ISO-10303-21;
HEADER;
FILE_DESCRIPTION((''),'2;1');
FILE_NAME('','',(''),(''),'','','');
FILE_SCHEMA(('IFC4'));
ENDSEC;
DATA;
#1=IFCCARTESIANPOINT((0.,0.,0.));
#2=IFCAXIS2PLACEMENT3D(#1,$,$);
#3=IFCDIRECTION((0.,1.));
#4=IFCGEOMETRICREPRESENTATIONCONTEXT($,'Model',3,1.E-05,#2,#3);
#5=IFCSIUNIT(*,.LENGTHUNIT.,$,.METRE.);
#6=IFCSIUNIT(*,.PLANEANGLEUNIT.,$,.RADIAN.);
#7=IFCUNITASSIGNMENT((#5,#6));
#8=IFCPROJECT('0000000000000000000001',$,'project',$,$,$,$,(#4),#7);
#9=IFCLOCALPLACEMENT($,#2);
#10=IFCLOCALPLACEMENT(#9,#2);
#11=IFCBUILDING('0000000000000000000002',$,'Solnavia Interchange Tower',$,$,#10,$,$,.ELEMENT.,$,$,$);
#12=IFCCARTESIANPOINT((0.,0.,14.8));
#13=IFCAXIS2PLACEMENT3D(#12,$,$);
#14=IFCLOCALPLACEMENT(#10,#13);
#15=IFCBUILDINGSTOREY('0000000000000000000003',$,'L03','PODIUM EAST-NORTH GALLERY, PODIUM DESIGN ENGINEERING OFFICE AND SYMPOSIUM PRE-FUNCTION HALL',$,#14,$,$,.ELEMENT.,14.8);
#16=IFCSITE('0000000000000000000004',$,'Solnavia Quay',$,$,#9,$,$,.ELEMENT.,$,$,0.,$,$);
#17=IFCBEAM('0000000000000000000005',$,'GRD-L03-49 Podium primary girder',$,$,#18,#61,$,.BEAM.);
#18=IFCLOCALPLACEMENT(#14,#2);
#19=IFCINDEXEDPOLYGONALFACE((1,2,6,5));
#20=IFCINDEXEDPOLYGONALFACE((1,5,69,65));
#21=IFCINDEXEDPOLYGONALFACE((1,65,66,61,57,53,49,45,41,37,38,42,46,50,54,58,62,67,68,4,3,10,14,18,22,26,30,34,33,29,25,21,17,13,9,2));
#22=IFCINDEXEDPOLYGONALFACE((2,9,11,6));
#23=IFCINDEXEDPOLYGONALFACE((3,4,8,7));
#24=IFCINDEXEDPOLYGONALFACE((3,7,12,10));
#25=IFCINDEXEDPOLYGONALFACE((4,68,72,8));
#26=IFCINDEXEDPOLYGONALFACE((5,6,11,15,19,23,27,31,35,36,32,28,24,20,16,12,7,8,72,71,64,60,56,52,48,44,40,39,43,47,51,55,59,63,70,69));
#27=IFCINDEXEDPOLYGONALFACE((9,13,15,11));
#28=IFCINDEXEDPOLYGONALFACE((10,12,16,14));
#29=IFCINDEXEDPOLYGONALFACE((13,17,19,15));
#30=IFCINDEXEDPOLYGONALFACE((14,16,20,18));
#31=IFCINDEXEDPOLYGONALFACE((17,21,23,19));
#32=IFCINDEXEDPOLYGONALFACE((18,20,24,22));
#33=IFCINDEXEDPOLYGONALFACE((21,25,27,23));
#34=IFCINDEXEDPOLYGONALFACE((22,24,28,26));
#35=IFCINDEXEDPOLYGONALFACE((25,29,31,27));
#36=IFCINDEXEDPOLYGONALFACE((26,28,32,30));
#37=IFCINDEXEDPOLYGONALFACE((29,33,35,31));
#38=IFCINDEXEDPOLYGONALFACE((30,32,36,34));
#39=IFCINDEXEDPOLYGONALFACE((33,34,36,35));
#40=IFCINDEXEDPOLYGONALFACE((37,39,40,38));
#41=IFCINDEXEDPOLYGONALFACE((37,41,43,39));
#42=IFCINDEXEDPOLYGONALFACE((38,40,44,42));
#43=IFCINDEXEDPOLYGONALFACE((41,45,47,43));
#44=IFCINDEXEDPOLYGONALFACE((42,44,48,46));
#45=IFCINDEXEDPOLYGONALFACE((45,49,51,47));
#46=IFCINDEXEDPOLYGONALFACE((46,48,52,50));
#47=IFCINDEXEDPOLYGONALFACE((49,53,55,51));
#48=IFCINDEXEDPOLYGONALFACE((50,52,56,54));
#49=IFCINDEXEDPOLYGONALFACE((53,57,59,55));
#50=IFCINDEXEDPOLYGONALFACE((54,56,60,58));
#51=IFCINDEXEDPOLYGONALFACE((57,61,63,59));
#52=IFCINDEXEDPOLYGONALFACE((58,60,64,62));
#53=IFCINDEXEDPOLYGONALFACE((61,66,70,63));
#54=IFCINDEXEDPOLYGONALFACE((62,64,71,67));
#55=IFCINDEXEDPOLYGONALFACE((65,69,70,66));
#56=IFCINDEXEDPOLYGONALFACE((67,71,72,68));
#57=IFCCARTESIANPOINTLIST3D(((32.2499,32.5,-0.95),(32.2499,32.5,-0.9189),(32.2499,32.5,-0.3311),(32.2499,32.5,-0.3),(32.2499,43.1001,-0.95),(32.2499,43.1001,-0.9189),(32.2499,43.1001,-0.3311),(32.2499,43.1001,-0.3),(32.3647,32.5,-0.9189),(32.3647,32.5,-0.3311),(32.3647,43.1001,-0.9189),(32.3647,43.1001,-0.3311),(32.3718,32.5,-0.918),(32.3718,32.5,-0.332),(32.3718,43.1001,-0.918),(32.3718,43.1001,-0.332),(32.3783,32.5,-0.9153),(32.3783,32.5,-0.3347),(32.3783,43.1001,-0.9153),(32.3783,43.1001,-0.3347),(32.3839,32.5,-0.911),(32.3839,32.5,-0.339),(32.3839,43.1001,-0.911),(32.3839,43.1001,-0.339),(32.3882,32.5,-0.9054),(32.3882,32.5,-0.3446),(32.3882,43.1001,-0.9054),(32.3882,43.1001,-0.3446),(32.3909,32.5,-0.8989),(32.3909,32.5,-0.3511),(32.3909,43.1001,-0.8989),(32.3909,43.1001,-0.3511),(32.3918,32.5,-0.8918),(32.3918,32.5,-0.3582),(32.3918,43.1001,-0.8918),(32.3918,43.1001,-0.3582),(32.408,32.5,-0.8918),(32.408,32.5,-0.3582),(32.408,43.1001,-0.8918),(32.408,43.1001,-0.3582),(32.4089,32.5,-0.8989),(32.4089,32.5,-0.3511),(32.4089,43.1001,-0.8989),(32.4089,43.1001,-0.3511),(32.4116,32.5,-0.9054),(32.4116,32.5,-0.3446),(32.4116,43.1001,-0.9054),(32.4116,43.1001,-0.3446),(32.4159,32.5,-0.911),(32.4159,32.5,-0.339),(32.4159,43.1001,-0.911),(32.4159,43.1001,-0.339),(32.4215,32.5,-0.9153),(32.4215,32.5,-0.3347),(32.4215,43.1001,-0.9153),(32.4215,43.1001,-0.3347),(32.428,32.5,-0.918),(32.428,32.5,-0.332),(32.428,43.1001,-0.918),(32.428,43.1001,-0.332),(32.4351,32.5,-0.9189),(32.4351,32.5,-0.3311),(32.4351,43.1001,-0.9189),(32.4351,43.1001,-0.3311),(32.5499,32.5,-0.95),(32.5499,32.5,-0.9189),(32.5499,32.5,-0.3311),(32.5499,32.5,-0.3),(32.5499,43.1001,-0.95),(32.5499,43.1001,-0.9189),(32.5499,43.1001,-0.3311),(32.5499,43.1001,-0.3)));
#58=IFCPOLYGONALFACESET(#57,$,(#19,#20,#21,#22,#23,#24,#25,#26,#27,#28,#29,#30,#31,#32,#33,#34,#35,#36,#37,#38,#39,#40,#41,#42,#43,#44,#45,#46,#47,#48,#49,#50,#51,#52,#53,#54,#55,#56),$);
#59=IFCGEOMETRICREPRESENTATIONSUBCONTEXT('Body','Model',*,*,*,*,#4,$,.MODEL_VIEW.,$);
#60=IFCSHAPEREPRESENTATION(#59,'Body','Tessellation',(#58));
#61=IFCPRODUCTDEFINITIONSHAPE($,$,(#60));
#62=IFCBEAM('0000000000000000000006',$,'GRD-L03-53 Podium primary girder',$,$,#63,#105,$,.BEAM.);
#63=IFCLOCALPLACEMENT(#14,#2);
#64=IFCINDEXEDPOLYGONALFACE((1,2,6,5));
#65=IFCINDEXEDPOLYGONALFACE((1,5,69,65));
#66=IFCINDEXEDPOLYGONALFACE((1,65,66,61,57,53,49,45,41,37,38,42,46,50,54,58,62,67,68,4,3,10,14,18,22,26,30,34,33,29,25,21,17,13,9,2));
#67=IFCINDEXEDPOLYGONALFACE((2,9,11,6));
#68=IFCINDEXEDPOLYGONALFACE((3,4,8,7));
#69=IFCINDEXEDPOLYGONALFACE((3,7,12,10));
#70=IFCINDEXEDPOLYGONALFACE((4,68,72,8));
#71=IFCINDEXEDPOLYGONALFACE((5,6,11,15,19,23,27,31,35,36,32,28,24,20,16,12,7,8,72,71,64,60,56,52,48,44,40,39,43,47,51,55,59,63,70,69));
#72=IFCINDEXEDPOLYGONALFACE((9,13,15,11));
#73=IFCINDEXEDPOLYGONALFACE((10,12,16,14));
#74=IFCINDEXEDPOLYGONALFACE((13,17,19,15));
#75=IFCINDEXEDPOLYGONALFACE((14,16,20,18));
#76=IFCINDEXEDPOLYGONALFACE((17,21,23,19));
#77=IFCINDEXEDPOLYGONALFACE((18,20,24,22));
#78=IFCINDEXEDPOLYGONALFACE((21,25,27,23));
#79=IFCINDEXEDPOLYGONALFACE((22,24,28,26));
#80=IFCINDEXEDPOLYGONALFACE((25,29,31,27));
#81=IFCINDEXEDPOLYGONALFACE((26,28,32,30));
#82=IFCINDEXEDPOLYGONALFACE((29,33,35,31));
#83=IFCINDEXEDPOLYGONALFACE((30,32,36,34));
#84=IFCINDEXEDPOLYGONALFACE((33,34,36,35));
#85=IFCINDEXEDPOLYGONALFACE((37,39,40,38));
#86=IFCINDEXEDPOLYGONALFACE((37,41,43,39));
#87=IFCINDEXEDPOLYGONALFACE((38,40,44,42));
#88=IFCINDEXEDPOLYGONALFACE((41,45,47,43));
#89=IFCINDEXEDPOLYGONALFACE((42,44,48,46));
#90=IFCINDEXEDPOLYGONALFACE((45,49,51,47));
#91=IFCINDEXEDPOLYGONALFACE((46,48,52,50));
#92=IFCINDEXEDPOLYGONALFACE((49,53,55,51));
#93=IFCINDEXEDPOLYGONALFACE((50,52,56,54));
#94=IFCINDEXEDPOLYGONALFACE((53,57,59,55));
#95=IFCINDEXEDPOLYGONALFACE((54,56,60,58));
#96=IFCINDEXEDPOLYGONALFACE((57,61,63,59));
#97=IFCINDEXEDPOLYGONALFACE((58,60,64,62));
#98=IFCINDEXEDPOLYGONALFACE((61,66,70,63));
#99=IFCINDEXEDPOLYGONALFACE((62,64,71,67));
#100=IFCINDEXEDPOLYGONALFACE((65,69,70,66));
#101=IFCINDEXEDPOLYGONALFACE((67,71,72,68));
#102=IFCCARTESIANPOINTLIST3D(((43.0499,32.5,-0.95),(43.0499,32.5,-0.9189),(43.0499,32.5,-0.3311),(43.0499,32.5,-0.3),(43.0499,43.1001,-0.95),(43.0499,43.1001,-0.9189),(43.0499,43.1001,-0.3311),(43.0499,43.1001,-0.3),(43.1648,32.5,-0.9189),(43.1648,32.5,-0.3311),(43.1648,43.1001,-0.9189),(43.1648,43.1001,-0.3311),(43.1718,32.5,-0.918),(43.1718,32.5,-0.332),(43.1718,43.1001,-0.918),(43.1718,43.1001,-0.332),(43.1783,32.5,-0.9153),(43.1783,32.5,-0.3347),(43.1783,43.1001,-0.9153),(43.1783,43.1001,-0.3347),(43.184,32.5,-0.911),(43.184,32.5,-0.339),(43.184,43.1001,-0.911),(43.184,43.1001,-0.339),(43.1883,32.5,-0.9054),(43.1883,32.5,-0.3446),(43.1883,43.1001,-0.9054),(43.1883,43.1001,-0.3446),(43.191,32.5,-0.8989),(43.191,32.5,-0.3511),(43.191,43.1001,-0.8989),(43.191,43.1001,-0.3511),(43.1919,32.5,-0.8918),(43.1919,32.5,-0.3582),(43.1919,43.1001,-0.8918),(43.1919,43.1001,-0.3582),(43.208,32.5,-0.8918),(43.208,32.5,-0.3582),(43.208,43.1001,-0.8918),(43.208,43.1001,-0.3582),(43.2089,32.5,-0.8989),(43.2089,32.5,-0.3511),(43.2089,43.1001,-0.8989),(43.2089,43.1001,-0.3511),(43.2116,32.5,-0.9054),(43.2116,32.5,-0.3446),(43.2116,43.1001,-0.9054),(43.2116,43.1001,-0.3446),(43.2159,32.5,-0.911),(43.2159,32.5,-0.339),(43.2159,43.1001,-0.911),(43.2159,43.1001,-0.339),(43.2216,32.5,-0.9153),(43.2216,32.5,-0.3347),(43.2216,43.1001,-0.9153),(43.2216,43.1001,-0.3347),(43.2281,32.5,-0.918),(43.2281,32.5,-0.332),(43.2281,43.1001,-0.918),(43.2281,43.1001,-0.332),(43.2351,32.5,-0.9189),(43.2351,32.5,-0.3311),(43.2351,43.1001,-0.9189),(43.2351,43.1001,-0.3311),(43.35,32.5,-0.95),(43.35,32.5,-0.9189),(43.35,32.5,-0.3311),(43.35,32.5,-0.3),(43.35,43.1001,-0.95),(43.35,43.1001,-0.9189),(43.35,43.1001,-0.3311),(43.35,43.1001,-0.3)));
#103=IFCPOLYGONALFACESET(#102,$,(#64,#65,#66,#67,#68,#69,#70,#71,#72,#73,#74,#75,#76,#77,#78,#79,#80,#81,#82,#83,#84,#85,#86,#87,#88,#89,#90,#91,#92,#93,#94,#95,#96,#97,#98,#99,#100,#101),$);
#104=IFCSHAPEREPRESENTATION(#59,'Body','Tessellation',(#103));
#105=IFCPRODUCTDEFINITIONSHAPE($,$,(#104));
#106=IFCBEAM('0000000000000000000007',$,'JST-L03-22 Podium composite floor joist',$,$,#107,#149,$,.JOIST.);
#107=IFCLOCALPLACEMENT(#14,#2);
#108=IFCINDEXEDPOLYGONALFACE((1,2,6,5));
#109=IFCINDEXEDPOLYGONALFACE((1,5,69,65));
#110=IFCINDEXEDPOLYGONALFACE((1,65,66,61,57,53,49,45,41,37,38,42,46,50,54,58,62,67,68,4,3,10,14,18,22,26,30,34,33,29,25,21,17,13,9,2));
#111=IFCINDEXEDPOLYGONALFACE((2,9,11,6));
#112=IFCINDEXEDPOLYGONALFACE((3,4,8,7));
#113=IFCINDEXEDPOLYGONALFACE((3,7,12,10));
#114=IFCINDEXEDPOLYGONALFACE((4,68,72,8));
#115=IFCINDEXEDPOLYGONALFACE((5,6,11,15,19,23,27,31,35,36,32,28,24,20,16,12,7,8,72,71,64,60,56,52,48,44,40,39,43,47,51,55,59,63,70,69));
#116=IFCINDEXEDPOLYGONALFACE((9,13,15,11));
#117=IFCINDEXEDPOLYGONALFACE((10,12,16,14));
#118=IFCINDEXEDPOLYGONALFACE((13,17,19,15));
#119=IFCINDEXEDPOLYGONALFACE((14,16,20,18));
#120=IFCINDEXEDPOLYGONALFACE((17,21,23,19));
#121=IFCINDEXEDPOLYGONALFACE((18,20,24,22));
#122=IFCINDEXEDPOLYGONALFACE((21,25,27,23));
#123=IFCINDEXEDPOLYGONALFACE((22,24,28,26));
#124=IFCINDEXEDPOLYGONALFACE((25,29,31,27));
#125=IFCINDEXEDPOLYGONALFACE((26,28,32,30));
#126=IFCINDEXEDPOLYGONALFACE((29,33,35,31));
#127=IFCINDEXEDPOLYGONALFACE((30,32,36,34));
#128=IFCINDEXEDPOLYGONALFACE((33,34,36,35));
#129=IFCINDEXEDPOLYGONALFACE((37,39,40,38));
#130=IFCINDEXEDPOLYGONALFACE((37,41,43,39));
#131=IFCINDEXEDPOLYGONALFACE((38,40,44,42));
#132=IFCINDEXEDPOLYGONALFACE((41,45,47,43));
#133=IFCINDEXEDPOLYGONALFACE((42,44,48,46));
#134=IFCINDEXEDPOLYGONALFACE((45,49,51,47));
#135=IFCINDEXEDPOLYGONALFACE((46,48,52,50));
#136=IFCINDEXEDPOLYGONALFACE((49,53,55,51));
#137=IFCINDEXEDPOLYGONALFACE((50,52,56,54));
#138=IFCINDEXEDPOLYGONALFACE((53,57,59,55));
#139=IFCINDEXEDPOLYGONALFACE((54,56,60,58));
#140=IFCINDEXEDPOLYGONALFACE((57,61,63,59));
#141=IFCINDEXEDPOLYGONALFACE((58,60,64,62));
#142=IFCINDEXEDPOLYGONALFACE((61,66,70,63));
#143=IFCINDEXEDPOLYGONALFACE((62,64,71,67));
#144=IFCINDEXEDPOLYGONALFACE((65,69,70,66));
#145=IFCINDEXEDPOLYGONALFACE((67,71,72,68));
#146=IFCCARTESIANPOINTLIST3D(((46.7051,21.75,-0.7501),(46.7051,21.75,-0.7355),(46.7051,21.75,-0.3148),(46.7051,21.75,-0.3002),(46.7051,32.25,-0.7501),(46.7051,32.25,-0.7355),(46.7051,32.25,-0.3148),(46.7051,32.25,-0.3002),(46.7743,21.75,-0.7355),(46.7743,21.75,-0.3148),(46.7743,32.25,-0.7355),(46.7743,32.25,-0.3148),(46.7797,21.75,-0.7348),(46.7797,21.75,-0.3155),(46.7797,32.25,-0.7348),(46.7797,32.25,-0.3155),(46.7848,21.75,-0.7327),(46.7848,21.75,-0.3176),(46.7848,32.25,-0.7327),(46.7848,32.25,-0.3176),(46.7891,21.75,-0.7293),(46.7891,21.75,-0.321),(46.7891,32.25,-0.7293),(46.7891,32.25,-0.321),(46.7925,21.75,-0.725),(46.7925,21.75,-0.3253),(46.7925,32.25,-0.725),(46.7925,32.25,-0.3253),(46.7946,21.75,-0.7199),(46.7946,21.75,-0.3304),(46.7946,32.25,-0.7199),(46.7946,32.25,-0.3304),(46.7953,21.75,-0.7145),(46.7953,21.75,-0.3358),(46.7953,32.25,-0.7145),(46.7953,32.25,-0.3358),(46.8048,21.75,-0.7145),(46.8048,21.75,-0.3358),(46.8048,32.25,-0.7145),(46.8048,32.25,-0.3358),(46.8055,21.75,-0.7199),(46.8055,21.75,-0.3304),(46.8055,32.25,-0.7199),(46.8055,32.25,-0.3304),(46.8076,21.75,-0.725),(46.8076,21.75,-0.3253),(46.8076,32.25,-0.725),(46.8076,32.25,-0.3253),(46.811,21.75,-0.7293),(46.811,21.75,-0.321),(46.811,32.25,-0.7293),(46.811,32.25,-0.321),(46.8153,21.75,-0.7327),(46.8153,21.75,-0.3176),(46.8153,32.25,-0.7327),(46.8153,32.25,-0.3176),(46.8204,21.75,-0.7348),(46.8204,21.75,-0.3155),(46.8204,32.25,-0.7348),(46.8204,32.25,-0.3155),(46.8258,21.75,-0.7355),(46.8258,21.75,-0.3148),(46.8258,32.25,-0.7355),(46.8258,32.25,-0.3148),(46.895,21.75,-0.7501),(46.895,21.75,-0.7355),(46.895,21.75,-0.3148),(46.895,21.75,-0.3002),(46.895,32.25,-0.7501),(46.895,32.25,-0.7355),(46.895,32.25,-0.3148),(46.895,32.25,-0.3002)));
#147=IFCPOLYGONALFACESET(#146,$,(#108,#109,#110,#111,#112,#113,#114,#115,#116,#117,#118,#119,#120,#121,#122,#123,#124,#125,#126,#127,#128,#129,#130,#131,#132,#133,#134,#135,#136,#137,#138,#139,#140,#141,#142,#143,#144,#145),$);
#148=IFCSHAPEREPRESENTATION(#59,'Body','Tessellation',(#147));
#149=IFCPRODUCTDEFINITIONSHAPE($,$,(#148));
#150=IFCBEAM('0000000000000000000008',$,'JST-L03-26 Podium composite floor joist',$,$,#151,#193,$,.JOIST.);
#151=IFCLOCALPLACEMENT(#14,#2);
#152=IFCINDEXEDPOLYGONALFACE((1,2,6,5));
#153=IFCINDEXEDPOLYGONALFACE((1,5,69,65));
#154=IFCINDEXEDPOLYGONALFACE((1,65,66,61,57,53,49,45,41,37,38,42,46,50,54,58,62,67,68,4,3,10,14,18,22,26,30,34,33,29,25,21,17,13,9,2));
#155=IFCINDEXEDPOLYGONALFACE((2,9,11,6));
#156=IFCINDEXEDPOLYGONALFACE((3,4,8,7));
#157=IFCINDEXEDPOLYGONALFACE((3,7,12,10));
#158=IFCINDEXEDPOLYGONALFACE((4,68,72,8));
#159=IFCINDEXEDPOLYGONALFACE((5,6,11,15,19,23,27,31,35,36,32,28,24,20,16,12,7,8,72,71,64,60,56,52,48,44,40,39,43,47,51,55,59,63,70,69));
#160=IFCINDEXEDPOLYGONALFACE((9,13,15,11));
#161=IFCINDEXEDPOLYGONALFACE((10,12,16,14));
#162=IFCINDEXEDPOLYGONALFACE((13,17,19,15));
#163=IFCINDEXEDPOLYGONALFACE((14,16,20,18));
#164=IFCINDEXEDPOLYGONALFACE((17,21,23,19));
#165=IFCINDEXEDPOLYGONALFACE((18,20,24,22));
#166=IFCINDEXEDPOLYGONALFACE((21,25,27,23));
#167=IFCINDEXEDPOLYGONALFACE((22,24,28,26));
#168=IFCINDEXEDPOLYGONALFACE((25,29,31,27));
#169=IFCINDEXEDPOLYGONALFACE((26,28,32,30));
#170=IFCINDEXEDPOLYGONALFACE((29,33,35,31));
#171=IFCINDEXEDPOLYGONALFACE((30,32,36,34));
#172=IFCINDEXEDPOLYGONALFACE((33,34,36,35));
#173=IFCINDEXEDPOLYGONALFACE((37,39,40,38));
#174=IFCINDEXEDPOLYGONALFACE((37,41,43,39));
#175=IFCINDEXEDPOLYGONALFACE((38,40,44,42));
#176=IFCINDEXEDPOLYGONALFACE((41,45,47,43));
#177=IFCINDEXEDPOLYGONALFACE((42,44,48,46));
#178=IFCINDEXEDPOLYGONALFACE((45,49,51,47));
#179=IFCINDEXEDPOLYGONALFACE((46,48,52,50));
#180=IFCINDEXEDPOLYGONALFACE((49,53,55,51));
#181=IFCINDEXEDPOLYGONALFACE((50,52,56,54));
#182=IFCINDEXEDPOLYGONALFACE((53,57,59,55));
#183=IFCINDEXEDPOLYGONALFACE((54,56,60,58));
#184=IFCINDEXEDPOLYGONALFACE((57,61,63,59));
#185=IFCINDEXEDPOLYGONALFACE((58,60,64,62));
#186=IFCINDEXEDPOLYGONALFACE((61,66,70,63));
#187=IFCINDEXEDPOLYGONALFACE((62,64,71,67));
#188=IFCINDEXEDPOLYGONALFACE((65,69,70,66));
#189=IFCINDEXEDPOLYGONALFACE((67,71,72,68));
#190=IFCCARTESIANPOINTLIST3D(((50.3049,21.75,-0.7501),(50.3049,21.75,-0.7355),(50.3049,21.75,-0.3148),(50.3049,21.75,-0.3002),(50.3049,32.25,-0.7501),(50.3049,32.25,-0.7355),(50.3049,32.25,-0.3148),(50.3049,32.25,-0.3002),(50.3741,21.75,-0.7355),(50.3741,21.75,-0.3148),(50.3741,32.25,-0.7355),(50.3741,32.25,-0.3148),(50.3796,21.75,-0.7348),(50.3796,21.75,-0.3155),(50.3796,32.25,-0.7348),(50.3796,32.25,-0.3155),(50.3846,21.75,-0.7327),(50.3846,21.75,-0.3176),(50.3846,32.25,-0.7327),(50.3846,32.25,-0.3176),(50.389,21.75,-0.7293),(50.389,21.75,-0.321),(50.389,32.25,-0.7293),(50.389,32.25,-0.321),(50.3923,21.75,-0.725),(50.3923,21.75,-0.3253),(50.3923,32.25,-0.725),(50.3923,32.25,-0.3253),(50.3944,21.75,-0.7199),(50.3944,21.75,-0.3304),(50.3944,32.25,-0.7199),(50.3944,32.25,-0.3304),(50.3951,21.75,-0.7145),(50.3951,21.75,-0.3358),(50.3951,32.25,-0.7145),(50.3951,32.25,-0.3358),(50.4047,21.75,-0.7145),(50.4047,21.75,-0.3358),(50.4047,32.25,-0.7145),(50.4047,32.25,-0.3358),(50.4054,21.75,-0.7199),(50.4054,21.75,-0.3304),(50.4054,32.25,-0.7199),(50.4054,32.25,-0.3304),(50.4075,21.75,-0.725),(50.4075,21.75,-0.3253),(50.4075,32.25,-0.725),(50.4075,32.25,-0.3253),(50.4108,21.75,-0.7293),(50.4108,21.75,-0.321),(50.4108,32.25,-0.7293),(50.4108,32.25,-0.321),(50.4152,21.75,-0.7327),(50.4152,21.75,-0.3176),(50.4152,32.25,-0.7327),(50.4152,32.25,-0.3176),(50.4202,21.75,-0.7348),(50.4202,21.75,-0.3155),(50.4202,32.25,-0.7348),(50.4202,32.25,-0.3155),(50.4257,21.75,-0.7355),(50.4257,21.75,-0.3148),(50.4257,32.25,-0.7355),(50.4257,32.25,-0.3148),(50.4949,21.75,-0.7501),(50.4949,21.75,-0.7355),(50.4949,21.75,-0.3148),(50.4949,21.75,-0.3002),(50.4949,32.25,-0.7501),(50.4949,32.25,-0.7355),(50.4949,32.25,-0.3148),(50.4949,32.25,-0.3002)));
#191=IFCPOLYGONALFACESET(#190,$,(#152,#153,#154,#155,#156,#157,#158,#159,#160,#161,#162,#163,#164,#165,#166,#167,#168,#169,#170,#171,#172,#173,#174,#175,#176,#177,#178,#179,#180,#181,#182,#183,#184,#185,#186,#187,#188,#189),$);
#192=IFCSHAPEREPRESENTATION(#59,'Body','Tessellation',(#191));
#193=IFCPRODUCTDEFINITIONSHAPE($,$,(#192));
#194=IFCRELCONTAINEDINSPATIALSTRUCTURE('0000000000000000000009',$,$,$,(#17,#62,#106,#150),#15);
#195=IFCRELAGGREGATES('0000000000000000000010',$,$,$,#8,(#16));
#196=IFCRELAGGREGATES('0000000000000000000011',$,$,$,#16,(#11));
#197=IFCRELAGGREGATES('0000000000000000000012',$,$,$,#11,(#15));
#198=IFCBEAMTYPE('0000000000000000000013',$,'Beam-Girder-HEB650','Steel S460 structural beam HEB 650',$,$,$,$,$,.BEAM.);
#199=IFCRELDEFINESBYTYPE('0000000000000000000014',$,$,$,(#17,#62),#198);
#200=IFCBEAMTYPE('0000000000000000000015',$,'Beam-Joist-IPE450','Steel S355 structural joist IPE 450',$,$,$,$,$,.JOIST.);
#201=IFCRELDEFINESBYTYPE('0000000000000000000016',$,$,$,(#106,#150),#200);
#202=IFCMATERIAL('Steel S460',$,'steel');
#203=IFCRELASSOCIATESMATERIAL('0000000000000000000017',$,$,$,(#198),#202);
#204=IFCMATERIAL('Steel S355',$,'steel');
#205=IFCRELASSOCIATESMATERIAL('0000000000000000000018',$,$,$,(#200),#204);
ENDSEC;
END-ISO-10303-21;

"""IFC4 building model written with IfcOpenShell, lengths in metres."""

from ifc_helpers import new_model, si_unit, direction, frame, origin, origin_2d, place, context, subcontext, project, spatial, i_section, extrude, material, material_profile, profile_set, type_object, element, save


model = new_model("IFC4")

# Units and contexts
model_context = context("Model", 3, precision=1e-05, world=origin(), true_north=direction((0.0, 1.0)))
body_context = subcontext(model_context, "Body", "Model", "MODEL_VIEW")
ifc_project = project(units=[si_unit("LENGTHUNIT", "METRE"), si_unit("PLANEANGLEUNIT", "RADIAN")], contexts=[model_context])

# Site, building, storey
site_placement = place(None, origin())
site = spatial("IfcSite", under=ifc_project, at=site_placement, Name="Solnavia Quay", CompositionType="ELEMENT", RefElevation=0.0)
building_placement = place(site_placement, origin())
building = spatial("IfcBuilding", under=site, at=building_placement, Name="Solnavia Interchange Tower", CompositionType="ELEMENT")
storey_placement = place(building_placement, frame((0.0, 0.0, 14.8)))
storey = spatial("IfcBuildingStorey", under=building, at=storey_placement, Name="L03", Description="PODIUM EAST-NORTH GALLERY, PODIUM DESIGN ENGINEERING OFFICE AND SYMPOSIUM PRE-FUNCTION HALL", CompositionType="ELEMENT", Elevation=14.8)

# Beams
ifc_material_1 = material(Name="Steel S460", Category="steel")
ifc_material_profile_1 = material_profile(ifc_material_1, i_section(OverallWidth=0.3, OverallDepth=0.6499, WebThickness=0.0161, FlangeThickness=0.031, FilletRadius=0.0271, at=origin_2d()), Name="HEB 650")
ifc_profile_set_1 = profile_set([ifc_material_profile_1], Name="Steel S460")
beam_type_1 = type_object("IfcBeamType", Name="Beam-Girder-HEB650", Description="Steel S460 structural beam HEB 650", PredefinedType="BEAM", material=ifc_profile_set_1)
for number, where, z_axis, x_axis, name in (
    (1, (32.3999, 32.5, -0.625), (0.0, 1.0, 0.0), (-1.0, 0.0, 0.0), "GRD-L03-49 Podium primary girder"),
    (2, (43.2, 32.5, -0.625), (0.0, 1.0, 0.0), (-1.0, 0.0, 0.0), "GRD-L03-53 Podium primary girder"),
):
    element("IfcBeam", number, at=place(storey_placement, frame(where, z_axis=z_axis, x_axis=x_axis)), inside=storey, type_object=beam_type_1, Name=name, PredefinedType="BEAM", context=body_context, shape_type="SweptSolid", body=[
        extrude(i_section(OverallWidth=0.3, OverallDepth=0.6499, WebThickness=0.0161, FlangeThickness=0.031, FilletRadius=0.0271, at=origin_2d()), origin(), (0.0, 0.0, 1.0), 10.6001),
    ])
ifc_material_2 = material(Name="Steel S355", Category="steel")
ifc_material_profile_2 = material_profile(ifc_material_2, i_section(OverallWidth=0.1899, OverallDepth=0.45, WebThickness=0.0095, FlangeThickness=0.0146, FilletRadius=0.021, at=origin_2d()), Name="IPE 450")
ifc_profile_set_2 = profile_set([ifc_material_profile_2], Name="Steel S355")
beam_type_2 = type_object("IfcBeamType", Name="Beam-Joist-IPE450", Description="Steel S355 structural joist IPE 450", PredefinedType="JOIST", material=ifc_profile_set_2)
for number, where, z_axis, x_axis, name in (
    (3, (46.8, 21.75, -0.5251), (0.0, 1.0, 0.0), (-1.0, 0.0, 0.0), "JST-L03-22 Podium composite floor joist"),
    (4, (50.3999, 21.75, -0.5251), (0.0, 1.0, 0.0), (-1.0, 0.0, 0.0), "JST-L03-26 Podium composite floor joist"),
):
    element("IfcBeam", number, at=place(storey_placement, frame(where, z_axis=z_axis, x_axis=x_axis)), inside=storey, type_object=beam_type_2, Name=name, PredefinedType="JOIST", context=body_context, shape_type="SweptSolid", body=[
        extrude(i_section(OverallWidth=0.1899, OverallDepth=0.45, WebThickness=0.0095, FlangeThickness=0.0146, FilletRadius=0.021, at=origin_2d()), origin(), (0.0, 0.0, 1.0), 10.5),
    ])

save(model, "model.ifc")
